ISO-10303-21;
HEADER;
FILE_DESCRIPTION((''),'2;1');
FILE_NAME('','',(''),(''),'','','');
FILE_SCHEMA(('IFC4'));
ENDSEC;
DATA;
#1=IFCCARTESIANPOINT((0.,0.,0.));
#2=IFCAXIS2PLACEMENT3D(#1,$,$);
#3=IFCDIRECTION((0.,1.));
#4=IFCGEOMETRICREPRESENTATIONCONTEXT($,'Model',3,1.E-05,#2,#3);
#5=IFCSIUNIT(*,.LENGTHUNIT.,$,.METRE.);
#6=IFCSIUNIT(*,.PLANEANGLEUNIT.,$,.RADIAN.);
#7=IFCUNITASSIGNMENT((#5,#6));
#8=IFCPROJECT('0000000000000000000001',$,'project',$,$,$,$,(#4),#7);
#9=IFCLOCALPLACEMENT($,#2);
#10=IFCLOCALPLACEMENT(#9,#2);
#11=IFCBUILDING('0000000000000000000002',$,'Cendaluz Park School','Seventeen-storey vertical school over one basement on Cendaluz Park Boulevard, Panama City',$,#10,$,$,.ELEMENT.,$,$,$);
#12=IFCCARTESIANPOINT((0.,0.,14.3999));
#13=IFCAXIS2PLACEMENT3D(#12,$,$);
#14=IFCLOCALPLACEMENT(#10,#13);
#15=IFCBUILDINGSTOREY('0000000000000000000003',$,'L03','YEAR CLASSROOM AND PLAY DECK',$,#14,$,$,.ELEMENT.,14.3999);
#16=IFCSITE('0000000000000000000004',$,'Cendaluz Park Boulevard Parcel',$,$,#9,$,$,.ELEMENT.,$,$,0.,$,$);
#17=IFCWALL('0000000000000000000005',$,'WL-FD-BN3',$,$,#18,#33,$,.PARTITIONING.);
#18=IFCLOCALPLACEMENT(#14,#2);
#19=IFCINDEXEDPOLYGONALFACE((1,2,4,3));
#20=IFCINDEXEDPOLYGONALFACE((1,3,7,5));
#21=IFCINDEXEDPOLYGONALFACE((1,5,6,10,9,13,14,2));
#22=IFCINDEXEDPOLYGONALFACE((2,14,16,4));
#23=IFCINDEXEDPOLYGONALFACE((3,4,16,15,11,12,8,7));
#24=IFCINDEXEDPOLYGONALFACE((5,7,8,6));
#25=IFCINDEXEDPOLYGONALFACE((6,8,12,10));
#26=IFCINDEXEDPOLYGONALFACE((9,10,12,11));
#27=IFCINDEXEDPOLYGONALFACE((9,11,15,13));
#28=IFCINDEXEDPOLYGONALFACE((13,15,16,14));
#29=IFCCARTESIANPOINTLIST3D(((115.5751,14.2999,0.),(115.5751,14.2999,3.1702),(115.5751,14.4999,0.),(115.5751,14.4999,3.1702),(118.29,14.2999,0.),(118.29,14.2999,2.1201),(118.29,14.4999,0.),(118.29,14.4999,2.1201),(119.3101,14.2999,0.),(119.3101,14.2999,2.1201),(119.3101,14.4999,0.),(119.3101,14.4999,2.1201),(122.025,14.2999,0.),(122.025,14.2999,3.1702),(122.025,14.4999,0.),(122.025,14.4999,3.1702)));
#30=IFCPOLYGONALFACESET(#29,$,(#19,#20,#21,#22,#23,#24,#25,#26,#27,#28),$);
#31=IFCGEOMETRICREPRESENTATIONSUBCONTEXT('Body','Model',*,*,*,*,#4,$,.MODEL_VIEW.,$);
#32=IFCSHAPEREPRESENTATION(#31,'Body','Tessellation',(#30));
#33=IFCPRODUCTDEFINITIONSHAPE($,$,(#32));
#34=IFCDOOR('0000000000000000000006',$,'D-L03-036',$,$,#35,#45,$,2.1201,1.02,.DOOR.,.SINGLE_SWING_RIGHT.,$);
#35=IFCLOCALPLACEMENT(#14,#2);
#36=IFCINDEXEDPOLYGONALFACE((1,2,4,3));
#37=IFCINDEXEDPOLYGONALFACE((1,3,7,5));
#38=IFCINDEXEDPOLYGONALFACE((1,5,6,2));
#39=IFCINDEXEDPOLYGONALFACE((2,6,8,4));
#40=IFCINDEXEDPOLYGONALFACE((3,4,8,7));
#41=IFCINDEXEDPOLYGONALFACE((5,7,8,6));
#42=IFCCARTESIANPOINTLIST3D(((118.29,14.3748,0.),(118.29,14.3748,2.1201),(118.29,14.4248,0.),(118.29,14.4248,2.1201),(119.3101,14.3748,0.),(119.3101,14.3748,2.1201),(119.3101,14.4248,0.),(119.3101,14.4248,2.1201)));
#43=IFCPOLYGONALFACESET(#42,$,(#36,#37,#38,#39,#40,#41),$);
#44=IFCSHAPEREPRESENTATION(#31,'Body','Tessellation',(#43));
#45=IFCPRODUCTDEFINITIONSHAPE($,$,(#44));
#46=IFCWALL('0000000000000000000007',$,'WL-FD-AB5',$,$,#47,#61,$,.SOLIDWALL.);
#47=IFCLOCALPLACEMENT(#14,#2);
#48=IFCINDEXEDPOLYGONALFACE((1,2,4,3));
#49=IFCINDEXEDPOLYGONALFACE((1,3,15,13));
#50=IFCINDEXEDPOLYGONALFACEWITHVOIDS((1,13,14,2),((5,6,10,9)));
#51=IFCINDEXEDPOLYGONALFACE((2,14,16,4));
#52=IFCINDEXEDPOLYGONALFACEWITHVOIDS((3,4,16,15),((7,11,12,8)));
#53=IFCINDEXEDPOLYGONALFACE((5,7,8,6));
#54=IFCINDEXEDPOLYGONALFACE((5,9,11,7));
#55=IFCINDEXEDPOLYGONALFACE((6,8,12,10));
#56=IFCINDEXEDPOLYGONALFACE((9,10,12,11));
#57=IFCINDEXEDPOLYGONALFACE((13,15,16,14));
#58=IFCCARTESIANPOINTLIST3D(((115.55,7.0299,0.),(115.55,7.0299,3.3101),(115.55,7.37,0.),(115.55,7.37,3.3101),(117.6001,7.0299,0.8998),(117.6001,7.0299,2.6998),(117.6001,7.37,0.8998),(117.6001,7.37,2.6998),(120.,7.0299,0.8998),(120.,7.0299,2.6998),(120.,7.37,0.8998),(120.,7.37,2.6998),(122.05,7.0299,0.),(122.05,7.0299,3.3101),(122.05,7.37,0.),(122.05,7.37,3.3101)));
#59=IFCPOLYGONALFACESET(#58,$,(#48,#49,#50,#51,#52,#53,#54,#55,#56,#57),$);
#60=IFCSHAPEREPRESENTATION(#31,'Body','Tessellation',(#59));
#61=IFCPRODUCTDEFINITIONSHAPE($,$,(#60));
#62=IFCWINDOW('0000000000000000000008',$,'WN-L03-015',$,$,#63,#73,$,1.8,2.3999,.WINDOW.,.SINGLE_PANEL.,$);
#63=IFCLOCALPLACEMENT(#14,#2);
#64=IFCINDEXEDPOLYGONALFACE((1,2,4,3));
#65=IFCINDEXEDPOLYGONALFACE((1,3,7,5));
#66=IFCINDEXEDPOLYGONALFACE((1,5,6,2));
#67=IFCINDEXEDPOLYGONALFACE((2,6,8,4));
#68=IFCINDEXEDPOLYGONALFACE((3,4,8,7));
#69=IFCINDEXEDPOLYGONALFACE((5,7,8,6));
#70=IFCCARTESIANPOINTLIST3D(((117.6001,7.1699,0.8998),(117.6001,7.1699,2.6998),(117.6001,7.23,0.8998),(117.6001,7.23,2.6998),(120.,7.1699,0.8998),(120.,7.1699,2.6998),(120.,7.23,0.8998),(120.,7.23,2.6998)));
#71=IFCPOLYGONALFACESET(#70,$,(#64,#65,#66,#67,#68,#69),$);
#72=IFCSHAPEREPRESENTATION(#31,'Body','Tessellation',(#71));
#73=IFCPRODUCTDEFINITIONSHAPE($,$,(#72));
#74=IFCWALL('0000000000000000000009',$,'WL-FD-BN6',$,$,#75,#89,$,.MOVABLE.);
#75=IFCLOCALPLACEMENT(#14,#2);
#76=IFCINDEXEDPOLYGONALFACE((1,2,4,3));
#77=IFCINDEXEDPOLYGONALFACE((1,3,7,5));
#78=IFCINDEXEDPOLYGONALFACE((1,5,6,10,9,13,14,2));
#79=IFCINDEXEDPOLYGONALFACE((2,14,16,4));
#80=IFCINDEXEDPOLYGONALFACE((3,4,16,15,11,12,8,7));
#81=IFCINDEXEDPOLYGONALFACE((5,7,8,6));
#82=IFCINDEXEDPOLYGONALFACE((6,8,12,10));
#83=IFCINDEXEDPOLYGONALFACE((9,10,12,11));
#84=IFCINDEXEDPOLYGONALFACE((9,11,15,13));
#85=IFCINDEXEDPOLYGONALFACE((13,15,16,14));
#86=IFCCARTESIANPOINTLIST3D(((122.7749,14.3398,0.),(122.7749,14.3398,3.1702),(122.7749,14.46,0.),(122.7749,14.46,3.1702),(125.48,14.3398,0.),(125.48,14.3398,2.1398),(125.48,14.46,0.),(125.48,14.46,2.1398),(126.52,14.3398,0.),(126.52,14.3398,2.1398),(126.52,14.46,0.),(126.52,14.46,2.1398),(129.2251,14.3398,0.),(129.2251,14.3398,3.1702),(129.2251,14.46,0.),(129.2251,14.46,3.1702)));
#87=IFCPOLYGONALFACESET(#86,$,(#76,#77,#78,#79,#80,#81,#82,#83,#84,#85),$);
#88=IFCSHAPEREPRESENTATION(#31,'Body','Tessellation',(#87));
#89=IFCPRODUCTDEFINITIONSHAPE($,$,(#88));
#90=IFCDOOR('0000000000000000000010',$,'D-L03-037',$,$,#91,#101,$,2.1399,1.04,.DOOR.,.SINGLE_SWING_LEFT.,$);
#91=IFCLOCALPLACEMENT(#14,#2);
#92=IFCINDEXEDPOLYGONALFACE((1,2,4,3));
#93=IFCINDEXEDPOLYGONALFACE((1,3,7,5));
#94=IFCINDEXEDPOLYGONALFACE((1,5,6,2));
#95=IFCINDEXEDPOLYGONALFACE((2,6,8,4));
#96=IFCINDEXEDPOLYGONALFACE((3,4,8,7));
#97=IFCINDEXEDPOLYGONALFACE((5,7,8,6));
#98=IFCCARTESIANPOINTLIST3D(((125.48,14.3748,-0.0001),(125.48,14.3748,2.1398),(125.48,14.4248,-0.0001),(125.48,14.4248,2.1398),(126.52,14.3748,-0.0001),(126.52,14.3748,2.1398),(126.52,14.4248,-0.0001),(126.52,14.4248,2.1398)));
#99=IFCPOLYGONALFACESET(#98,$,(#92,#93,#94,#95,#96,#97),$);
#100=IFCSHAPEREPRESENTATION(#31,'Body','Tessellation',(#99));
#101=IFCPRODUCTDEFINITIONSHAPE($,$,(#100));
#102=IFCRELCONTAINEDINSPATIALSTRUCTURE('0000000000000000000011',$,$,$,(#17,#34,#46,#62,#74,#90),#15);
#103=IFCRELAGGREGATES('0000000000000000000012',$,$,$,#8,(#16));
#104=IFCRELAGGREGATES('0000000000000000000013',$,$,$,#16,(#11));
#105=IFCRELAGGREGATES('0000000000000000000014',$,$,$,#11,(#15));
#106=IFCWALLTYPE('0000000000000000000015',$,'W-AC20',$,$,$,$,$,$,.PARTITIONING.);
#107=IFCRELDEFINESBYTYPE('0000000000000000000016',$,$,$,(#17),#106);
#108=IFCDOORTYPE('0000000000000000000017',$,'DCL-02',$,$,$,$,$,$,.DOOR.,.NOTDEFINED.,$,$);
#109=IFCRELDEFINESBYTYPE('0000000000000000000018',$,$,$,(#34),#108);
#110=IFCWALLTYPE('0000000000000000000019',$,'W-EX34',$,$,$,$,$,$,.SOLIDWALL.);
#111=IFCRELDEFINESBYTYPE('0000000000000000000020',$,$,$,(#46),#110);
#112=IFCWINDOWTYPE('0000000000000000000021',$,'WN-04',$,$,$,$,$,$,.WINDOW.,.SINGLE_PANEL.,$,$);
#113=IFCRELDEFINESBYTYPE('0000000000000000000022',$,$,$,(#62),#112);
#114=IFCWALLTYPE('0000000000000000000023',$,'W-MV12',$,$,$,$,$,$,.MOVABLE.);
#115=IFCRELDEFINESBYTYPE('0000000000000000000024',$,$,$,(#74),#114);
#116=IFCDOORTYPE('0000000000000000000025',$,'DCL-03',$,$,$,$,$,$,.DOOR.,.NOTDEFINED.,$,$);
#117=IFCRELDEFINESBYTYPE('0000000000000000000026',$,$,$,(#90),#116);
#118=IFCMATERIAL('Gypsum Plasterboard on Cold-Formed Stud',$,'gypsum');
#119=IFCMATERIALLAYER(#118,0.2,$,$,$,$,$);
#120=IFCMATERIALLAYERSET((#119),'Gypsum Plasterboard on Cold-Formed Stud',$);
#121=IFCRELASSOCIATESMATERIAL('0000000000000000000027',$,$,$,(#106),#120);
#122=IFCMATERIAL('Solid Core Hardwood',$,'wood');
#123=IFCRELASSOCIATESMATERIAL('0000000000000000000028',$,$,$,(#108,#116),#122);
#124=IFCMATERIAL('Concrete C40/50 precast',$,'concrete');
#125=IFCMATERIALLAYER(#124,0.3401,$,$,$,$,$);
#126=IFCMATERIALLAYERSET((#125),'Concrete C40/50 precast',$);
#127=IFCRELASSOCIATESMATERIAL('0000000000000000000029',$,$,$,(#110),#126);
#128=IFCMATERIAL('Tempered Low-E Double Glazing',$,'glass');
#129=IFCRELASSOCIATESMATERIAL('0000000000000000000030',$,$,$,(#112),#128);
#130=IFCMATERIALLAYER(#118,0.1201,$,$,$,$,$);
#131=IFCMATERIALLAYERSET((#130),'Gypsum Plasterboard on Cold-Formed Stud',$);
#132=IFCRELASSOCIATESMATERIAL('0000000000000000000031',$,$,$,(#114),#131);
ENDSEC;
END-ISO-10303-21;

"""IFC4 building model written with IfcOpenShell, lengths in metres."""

from ifc_helpers import new_model, si_unit, direction, frame, frame_2d, origin, place, context, subcontext, project, spatial, rectangle, extrude, material, layer, layer_set, type_object, element, fill, save


model = new_model("IFC4")

# Units and contexts
model_context = context("Model", 3, precision=1e-05, world=origin(), true_north=direction((0.0, 1.0)))
body_context = subcontext(model_context, "Body", "Model", "MODEL_VIEW")
ifc_project = project(units=[si_unit("LENGTHUNIT", "METRE"), si_unit("PLANEANGLEUNIT", "RADIAN")], contexts=[model_context])

# Site, building, storey
site_placement = place(None, origin())
site = spatial("IfcSite", under=ifc_project, at=site_placement, Name="Cendaluz Park Boulevard Parcel", CompositionType="ELEMENT", RefElevation=0.0)
building_placement = place(site_placement, origin())
building = spatial("IfcBuilding", under=site, at=building_placement, Name="Cendaluz Park School", Description="Seventeen-storey vertical school over one basement on Cendaluz Park Boulevard, Panama City", CompositionType="ELEMENT")
storey_placement = place(building_placement, frame((0.0, 0.0, 14.3999)))
storey = spatial("IfcBuildingStorey", under=building, at=storey_placement, Name="L03", Description="YEAR CLASSROOM AND PLAY DECK", CompositionType="ELEMENT", Elevation=14.3999)

# Shared definitions
ifc_material_1 = material(Name="Tempered Low-E Double Glazing", Category="glass")

# Wall, opening, door
ifc_material_2 = material(Name="Gypsum Plasterboard on Cold-Formed Stud", Category="gypsum")
ifc_layer_1 = layer(ifc_material_2, 0.2)
ifc_layer_set_1 = layer_set([ifc_layer_1], Name="Gypsum Plasterboard on Cold-Formed Stud")
wall_type_1 = type_object("IfcWallType", Name="W-AC20", PredefinedType="PARTITIONING", material=ifc_layer_set_1)
ifc_material_3 = material(Name="Solid Core Hardwood", Category="wood")
wall_1_placement = place(storey_placement, frame((115.575, 14.3999, 0.0), z_axis=(0.0, 0.0, 1.0), x_axis=(1.0, 0.0, 0.0)))
wall_1 = element("IfcWall", 1, at=wall_1_placement, inside=storey, type_object=wall_type_1, Name="WL-FD-BN3", PredefinedType="PARTITIONING", context=body_context, shape_type="SweptSolid", body=[
    extrude(rectangle(XDim=6.45, YDim=0.2, at=frame_2d((3.2251, 0.0))), origin(), (0.0, 0.0, 1.0), 3.1702),
])
opening_1_placement = place(wall_1_placement, frame((2.7151, 0.0, 0.0)))
opening_1 = element("IfcOpeningElement", 2, at=opening_1_placement, cuts=wall_1, PredefinedType="OPENING", context=body_context, shape_type="SweptSolid", body=[
    extrude(rectangle(XDim=1.02, YDim=2.1201, at=frame_2d((0.51, 1.0601))), frame((0.0, 0.1121, 0.0), z_axis=(0.0, -1.0, 0.0), x_axis=(1.0, 0.0, 0.0)), (0.0, 0.0, 1.0), 0.2239),
])
door_type_1 = type_object("IfcDoorType", Name="DCL-02", OperationType="NOTDEFINED", PredefinedType="DOOR", material=ifc_material_3)
door_1_placement = place(opening_1_placement, origin())
door_1 = element("IfcDoor", 3, at=door_1_placement, inside=storey, type_object=door_type_1, Name="D-L03-036", OperationType="SINGLE_SWING_RIGHT", OverallHeight=2.1201, OverallWidth=1.02, PredefinedType="DOOR", context=body_context, shape_type="SweptSolid", body=[
    extrude(rectangle(XDim=1.02, YDim=2.1201, at=frame_2d((0.51, 1.0601))), frame((0.0, 0.0249, 0.0), z_axis=(0.0, -1.0, 0.0), x_axis=(1.0, 0.0, 0.0)), (0.0, 0.0, 1.0), 0.05),
])
fill(opening_1, door_1)

# Wall, opening, window
ifc_material_4 = material(Name="Concrete C40/50 precast", Category="concrete")
ifc_layer_2 = layer(ifc_material_4, 0.3401)
ifc_layer_set_2 = layer_set([ifc_layer_2], Name="Concrete C40/50 precast")
wall_type_2 = type_object("IfcWallType", Name="W-EX34", PredefinedType="SOLIDWALL", material=ifc_layer_set_2)
wall_2_placement = place(storey_placement, frame((115.55, 7.2, 0.0), z_axis=(0.0, 0.0, 1.0), x_axis=(1.0, 0.0, 0.0)))
wall_2 = element("IfcWall", 4, at=wall_2_placement, inside=storey, type_object=wall_type_2, Name="WL-FD-AB5", PredefinedType="SOLIDWALL", context=body_context, shape_type="SweptSolid", body=[
    extrude(rectangle(XDim=6.5, YDim=0.3401, at=frame_2d((3.25, 0.0))), origin(), (0.0, 0.0, 1.0), 3.3101),
])
opening_2_placement = place(wall_2_placement, frame((2.05, 0.0, 0.8999)))
opening_2 = element("IfcOpeningElement", 5, at=opening_2_placement, cuts=wall_2, PredefinedType="OPENING", context=body_context, shape_type="SweptSolid", body=[
    extrude(rectangle(XDim=2.3999, YDim=1.8, at=frame_2d((1.2, 0.8999))), frame((0.0, 0.1821, 0.0), z_axis=(0.0, -1.0, 0.0), x_axis=(1.0, 0.0, 0.0)), (0.0, 0.0, 1.0), 0.364),
])
window_type = type_object("IfcWindowType", Name="WN-04", PartitioningType="SINGLE_PANEL", PredefinedType="WINDOW", material=ifc_material_1)
window_placement = place(opening_2_placement, origin())
window = element("IfcWindow", 6, at=window_placement, inside=storey, type_object=window_type, Name="WN-L03-015", OverallHeight=1.8, OverallWidth=2.3999, PartitioningType="SINGLE_PANEL", PredefinedType="WINDOW", context=body_context, shape_type="SweptSolid", body=[
    extrude(rectangle(XDim=2.3999, YDim=1.8, at=frame_2d((1.2, 0.8999))), frame((0.0, 0.03, 0.0), z_axis=(0.0, -1.0, 0.0), x_axis=(1.0, 0.0, 0.0)), (0.0, 0.0, 1.0), 0.0601),
])
fill(opening_2, window)

# Wall, opening, door
ifc_layer_3 = layer(ifc_material_2, 0.1201)
ifc_layer_set_3 = layer_set([ifc_layer_3], Name="Gypsum Plasterboard on Cold-Formed Stud")
wall_type_3 = type_object("IfcWallType", Name="W-MV12", PredefinedType="MOVABLE", material=ifc_layer_set_3)
wall_3_placement = place(storey_placement, frame((122.7749, 14.3999, 0.0), z_axis=(0.0, 0.0, 1.0), x_axis=(1.0, 0.0, 0.0)))
wall_3 = element("IfcWall", 7, at=wall_3_placement, inside=storey, type_object=wall_type_3, Name="WL-FD-BN6", PredefinedType="MOVABLE", context=body_context, shape_type="SweptSolid", body=[
    extrude(rectangle(XDim=6.4502, YDim=0.1201, at=frame_2d((3.2251, 0.0))), origin(), (0.0, 0.0, 1.0), 3.1702),
])
opening_3_placement = place(wall_3_placement, frame((2.7051, 0.0, 0.0)))
opening_3 = element("IfcOpeningElement", 8, at=opening_3_placement, cuts=wall_3, PredefinedType="OPENING", context=body_context, shape_type="SweptSolid", body=[
    extrude(rectangle(XDim=1.04, YDim=2.1399, at=frame_2d((0.52, 1.0698))), frame((0.0, 0.072, 0.0), z_axis=(0.0, -1.0, 0.0), x_axis=(1.0, 0.0, 0.0)), (0.0, 0.0, 1.0), 0.144),
])
door_type_2 = type_object("IfcDoorType", Name="DCL-03", OperationType="NOTDEFINED", PredefinedType="DOOR", material=ifc_material_3)
door_2_placement = place(opening_3_placement, origin())
door_2 = element("IfcDoor", 9, at=door_2_placement, inside=storey, type_object=door_type_2, Name="D-L03-037", OperationType="SINGLE_SWING_LEFT", OverallHeight=2.1399, OverallWidth=1.04, PredefinedType="DOOR", context=body_context, shape_type="SweptSolid", body=[
    extrude(rectangle(XDim=1.04, YDim=2.1399, at=frame_2d((0.52, 1.0698))), frame((0.0, 0.0249, 0.0), z_axis=(0.0, -1.0, 0.0), x_axis=(1.0, 0.0, 0.0)), (0.0, 0.0, 1.0), 0.05),
])
fill(opening_3, door_2)

save(model, "model.ifc")
